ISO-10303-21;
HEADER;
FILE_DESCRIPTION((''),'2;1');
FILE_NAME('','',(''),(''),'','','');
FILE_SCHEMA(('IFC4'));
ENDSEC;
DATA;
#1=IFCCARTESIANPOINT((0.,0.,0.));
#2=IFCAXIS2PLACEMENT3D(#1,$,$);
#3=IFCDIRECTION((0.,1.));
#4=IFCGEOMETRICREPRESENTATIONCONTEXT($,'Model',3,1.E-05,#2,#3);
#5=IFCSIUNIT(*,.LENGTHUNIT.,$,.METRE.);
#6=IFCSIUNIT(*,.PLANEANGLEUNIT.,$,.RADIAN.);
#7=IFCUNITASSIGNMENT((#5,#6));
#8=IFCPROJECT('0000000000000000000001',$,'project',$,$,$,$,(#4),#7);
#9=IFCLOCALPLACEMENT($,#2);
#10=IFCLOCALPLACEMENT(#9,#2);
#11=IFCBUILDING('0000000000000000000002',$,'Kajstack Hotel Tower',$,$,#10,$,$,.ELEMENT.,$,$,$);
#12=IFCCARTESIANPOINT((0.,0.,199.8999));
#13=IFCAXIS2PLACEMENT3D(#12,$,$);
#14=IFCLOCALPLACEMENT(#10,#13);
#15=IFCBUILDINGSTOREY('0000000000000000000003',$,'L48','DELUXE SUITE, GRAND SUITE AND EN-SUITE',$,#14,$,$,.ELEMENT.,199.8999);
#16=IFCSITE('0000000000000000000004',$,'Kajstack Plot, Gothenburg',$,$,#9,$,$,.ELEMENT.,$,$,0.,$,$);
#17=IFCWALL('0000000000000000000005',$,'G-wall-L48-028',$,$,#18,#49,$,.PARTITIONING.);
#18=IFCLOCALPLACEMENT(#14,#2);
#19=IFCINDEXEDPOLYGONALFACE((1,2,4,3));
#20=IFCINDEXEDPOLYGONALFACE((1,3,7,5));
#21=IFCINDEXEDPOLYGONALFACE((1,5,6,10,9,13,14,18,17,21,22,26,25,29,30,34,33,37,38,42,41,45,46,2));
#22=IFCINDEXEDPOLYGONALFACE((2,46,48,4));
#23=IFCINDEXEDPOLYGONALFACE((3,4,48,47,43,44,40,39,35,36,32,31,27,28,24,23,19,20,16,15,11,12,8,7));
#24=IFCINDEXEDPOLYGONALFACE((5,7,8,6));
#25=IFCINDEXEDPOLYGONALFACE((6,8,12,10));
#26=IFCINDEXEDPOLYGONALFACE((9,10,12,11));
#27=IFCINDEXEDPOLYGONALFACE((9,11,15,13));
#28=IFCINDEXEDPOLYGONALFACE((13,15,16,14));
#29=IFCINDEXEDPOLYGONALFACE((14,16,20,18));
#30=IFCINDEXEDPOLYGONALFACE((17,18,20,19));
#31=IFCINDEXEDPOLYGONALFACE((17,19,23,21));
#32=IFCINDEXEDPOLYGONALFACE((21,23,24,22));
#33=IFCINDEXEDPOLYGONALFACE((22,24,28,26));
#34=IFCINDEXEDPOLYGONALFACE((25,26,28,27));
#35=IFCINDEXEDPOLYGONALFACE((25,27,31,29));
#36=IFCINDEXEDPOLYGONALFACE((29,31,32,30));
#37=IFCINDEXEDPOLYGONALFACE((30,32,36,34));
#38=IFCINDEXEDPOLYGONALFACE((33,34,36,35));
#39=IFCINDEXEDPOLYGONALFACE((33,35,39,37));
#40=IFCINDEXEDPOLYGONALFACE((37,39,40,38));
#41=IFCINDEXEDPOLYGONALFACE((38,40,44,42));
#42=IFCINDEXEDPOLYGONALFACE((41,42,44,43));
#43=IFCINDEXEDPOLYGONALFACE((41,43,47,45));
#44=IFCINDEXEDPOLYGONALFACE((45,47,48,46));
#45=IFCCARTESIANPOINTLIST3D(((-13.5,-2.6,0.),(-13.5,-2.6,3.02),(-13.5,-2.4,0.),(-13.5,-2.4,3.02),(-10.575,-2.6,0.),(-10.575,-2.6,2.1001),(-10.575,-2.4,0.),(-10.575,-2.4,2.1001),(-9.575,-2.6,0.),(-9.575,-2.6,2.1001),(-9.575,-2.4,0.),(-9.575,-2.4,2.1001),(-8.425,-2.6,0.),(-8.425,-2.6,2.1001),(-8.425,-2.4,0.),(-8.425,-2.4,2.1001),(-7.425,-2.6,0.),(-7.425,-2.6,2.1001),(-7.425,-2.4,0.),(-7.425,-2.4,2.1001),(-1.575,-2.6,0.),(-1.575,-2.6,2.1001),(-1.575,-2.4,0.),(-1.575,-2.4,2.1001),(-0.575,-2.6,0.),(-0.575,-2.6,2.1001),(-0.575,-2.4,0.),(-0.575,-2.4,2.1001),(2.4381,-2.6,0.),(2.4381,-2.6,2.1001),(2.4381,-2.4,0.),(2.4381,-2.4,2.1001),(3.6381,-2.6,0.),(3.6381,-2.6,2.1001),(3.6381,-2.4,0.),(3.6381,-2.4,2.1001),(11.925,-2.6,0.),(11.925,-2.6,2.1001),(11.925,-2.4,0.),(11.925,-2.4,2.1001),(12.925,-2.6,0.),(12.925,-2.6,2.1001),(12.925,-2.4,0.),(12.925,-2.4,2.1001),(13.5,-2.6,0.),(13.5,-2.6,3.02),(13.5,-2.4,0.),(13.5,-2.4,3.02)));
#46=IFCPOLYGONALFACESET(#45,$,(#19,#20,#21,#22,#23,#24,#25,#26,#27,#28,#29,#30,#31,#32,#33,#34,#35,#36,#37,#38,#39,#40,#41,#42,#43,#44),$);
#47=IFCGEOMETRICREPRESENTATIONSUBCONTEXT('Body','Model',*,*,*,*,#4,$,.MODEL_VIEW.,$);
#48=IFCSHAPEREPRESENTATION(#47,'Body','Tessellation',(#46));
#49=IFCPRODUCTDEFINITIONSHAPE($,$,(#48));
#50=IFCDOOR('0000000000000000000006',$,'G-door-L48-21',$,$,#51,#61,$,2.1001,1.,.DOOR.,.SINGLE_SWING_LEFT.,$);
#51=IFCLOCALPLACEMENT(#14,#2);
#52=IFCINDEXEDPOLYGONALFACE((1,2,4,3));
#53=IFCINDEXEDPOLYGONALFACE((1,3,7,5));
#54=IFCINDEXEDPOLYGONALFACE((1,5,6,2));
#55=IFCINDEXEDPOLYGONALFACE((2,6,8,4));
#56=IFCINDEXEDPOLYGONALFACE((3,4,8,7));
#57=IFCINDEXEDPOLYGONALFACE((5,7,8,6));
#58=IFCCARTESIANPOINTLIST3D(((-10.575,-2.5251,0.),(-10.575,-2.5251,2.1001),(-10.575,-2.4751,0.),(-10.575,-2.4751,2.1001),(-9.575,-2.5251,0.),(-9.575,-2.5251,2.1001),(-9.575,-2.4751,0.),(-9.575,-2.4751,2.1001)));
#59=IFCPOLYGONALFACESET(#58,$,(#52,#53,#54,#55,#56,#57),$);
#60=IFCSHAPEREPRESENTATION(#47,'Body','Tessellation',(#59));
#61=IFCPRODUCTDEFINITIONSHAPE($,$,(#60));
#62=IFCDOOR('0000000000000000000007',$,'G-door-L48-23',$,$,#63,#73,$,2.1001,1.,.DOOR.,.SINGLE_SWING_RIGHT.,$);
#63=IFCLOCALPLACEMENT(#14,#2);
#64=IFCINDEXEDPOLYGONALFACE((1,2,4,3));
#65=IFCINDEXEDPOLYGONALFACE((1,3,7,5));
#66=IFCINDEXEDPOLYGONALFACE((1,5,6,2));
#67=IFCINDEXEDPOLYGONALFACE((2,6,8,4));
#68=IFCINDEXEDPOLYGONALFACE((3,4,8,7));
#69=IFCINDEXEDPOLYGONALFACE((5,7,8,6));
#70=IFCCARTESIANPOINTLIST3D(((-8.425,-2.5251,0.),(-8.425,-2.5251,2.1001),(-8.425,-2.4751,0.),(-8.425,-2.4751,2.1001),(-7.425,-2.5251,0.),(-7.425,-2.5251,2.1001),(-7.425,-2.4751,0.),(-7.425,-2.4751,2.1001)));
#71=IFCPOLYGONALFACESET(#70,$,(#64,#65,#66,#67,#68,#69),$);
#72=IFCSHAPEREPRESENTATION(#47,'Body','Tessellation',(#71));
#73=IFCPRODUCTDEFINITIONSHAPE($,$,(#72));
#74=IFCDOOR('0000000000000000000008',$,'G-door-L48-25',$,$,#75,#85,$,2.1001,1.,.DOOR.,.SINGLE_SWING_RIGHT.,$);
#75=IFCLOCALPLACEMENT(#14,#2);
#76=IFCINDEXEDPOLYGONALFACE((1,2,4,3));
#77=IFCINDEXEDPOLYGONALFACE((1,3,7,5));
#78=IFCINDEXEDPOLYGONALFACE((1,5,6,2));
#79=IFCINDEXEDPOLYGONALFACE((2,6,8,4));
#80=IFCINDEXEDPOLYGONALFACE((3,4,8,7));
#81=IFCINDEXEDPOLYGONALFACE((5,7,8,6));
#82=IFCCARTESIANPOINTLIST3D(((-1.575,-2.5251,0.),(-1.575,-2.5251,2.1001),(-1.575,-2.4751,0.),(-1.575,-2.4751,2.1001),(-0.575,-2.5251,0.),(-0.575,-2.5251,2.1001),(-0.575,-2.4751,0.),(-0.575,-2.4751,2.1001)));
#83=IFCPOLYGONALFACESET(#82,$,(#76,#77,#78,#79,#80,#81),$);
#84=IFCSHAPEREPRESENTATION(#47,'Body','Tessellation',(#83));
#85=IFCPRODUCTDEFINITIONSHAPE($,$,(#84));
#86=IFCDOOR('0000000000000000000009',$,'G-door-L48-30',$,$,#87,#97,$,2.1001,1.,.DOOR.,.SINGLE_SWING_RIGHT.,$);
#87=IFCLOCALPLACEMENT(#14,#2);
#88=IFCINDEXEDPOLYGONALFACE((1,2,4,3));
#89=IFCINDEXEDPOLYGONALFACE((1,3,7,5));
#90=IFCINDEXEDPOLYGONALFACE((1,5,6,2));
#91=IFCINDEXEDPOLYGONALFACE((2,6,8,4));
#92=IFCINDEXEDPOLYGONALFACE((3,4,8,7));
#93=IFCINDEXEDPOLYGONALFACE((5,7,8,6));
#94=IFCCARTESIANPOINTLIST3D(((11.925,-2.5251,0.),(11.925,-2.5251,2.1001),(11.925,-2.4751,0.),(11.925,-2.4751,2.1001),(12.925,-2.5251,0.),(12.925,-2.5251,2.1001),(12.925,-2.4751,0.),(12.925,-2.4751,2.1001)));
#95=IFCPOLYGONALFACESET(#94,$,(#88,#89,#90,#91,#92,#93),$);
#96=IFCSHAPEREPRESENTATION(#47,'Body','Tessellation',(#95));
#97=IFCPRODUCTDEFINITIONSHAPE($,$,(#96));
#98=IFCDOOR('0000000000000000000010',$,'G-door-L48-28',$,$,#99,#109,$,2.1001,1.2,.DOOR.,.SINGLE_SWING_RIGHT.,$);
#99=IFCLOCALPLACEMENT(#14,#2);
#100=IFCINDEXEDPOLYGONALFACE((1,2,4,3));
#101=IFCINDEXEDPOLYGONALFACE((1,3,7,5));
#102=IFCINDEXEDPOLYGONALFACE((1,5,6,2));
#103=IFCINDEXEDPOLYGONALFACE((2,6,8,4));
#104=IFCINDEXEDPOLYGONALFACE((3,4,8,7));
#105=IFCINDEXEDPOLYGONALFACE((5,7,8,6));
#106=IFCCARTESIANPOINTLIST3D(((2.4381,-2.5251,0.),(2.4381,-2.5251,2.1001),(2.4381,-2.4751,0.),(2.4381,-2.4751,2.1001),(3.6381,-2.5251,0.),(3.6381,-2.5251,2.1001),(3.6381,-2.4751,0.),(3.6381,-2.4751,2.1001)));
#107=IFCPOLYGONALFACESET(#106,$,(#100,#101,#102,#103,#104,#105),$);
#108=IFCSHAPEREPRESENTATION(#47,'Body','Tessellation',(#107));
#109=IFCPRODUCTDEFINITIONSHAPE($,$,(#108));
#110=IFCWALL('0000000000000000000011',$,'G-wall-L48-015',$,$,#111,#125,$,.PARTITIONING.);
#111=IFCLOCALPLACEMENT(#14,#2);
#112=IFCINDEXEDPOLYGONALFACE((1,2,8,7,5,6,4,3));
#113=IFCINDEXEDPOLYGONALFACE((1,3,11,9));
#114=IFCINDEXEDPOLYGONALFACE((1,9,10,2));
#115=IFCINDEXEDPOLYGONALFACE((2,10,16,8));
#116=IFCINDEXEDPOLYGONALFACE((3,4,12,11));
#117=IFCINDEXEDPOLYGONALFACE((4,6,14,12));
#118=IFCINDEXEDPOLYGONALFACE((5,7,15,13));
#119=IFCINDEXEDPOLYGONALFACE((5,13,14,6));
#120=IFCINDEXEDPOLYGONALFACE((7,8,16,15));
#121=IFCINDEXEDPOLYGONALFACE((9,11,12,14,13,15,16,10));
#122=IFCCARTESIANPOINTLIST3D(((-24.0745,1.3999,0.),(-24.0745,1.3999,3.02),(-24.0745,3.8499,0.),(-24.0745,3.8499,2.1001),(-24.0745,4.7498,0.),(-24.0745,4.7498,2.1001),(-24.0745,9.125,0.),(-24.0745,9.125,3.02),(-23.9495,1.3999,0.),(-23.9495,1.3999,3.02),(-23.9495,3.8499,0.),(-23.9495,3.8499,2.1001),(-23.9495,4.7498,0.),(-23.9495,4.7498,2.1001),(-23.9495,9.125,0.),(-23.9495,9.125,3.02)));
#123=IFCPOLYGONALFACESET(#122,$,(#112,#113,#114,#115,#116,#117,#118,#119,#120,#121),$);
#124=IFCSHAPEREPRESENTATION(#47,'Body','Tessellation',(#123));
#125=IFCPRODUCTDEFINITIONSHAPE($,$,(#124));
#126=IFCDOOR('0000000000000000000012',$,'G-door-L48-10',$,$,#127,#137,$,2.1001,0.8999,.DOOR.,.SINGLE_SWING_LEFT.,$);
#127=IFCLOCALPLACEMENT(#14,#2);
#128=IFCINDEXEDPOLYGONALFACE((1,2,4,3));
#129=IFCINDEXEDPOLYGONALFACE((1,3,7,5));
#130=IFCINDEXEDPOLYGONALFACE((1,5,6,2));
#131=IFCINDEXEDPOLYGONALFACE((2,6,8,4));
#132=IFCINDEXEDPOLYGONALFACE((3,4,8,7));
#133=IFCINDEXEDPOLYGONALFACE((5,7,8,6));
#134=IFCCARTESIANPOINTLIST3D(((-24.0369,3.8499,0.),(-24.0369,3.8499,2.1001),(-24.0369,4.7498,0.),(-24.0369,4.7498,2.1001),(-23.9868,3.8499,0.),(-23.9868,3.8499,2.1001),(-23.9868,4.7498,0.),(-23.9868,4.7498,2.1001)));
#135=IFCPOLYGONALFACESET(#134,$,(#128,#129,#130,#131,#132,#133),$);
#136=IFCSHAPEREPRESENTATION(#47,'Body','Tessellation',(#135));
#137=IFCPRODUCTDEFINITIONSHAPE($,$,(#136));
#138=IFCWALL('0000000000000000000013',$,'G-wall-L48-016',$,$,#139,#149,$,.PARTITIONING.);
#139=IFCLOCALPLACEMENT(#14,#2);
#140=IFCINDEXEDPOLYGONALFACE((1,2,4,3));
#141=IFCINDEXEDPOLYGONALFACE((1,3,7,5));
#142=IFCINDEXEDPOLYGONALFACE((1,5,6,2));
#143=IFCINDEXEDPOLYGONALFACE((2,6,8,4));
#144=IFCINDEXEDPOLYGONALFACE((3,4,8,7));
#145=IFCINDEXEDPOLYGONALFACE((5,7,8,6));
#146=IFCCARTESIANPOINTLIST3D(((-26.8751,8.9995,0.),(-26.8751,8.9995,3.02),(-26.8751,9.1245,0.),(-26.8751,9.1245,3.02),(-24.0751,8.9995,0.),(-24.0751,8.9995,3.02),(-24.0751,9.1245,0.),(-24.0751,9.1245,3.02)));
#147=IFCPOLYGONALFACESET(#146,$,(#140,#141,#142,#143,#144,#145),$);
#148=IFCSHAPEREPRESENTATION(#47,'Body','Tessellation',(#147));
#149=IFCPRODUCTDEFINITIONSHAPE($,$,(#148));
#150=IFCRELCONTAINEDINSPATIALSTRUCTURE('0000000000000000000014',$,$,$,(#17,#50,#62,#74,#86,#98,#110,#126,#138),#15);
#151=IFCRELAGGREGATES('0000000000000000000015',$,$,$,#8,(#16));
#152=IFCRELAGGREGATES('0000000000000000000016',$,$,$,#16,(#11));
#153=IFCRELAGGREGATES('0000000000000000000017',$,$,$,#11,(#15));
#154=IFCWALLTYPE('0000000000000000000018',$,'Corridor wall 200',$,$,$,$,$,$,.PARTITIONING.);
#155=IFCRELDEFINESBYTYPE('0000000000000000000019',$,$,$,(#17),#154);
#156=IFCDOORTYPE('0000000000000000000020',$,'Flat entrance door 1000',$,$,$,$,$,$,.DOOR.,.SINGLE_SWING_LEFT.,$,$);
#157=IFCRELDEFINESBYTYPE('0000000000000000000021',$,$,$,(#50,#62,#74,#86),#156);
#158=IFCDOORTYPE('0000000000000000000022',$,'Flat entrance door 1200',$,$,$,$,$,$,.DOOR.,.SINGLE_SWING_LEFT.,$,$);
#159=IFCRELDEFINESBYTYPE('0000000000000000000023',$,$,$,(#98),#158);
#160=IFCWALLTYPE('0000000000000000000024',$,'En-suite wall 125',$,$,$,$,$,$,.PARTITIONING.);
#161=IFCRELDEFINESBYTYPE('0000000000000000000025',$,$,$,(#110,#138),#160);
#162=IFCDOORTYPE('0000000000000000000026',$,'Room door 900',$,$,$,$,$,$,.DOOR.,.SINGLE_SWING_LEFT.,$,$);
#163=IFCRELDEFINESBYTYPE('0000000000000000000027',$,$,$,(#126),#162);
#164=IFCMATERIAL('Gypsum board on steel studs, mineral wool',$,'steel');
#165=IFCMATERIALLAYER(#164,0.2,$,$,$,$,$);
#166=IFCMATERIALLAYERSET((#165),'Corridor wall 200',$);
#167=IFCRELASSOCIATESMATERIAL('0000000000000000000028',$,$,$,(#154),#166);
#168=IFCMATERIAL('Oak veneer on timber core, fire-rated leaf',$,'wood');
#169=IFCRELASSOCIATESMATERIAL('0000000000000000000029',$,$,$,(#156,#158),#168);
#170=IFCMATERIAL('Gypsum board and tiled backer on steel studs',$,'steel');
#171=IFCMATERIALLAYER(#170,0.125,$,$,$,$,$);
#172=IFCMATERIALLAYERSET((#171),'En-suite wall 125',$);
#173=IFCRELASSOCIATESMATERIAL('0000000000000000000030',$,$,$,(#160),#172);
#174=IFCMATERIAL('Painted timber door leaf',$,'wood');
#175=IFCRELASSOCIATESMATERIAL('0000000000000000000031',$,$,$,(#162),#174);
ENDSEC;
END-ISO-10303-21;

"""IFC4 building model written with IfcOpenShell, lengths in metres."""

from ifc_helpers import new_model, si_unit, direction, frame, frame_2d, origin, place, context, subcontext, project, spatial, rectangle, extrude, material, layer, layer_set, type_object, element, fill, save


model = new_model("IFC4")

# Units and contexts
model_context = context("Model", 3, precision=1e-05, world=origin(), true_north=direction((0.0, 1.0)))
body_context = subcontext(model_context, "Body", "Model", "MODEL_VIEW")
ifc_project = project(units=[si_unit("LENGTHUNIT", "METRE"), si_unit("PLANEANGLEUNIT", "RADIAN")], contexts=[model_context])

# Site, building, storey
site_placement = place(None, origin())
site = spatial("IfcSite", under=ifc_project, at=site_placement, Name="Kajstack Plot, Gothenburg", CompositionType="ELEMENT", RefElevation=0.0)
building_placement = place(site_placement, origin())
building = spatial("IfcBuilding", under=site, at=building_placement, Name="Kajstack Hotel Tower", CompositionType="ELEMENT")
storey_placement = place(building_placement, frame((0.0, 0.0, 199.8999)))
storey = spatial("IfcBuildingStorey", under=building, at=storey_placement, Name="L48", Description="DELUXE SUITE, GRAND SUITE AND EN-SUITE", CompositionType="ELEMENT", Elevation=199.8999)

# Wall, openings, doors
ifc_material_1 = material(Name="Gypsum board on steel studs, mineral wool", Category="steel")
ifc_layer_1 = layer(ifc_material_1, 0.2)
ifc_layer_set_1 = layer_set([ifc_layer_1], Name="Corridor wall 200")
wall_type_1 = type_object("IfcWallType", Name="Corridor wall 200", PredefinedType="PARTITIONING", material=ifc_layer_set_1)
wall_1_placement = place(storey_placement, frame((-13.5, -2.5, 0.0), z_axis=(0.0, 0.0, 1.0), x_axis=(1.0, 0.0, 0.0)))
wall_1 = element("IfcWall", 1, at=wall_1_placement, inside=storey, type_object=wall_type_1, Name="G-wall-L48-028", PredefinedType="PARTITIONING", context=body_context, shape_type="SweptSolid", body=[
    extrude(rectangle(XDim=27.0, YDim=0.2, at=frame_2d((13.5, 0.0))), origin(), (0.0, 0.0, 1.0), 3.02),
])
opening_1_placement = place(wall_1_placement, frame((2.925, 0.0, 0.0)))
opening_1 = element("IfcOpeningElement", 2, at=opening_1_placement, cuts=wall_1, PredefinedType="OPENING", context=body_context, shape_type="SweptSolid", body=[
    extrude(rectangle(XDim=1.0, YDim=2.1001, at=frame_2d((0.5, 1.05))), frame((0.0, 0.1099, 0.0), z_axis=(0.0, -1.0, 0.0), x_axis=(1.0, 0.0, 0.0)), (0.0, 0.0, 1.0), 0.22),
])
opening_2_placement = place(wall_1_placement, frame((5.075, 0.0, 0.0)))
opening_2 = element("IfcOpeningElement", 3, at=opening_2_placement, cuts=wall_1, PredefinedType="OPENING", context=body_context, shape_type="SweptSolid", body=[
    extrude(rectangle(XDim=1.0, YDim=2.1001, at=frame_2d((0.5, 1.05))), frame((0.0, 0.1099, 0.0), z_axis=(0.0, -1.0, 0.0), x_axis=(1.0, 0.0, 0.0)), (0.0, 0.0, 1.0), 0.22),
])
opening_3_placement = place(wall_1_placement, frame((11.925, 0.0, 0.0)))
opening_3 = element("IfcOpeningElement", 4, at=opening_3_placement, cuts=wall_1, PredefinedType="OPENING", context=body_context, shape_type="SweptSolid", body=[
    extrude(rectangle(XDim=1.0, YDim=2.1001, at=frame_2d((0.5, 1.05))), frame((0.0, 0.1099, 0.0), z_axis=(0.0, -1.0, 0.0), x_axis=(1.0, 0.0, 0.0)), (0.0, 0.0, 1.0), 0.22),
])
opening_4_placement = place(wall_1_placement, frame((15.938, 0.0, 0.0)))
opening_4 = element("IfcOpeningElement", 5, at=opening_4_placement, cuts=wall_1, PredefinedType="OPENING", context=body_context, shape_type="SweptSolid", body=[
    extrude(rectangle(XDim=1.2, YDim=2.1001, at=frame_2d((0.6001, 1.05))), frame((0.0, 0.1099, 0.0), z_axis=(0.0, -1.0, 0.0), x_axis=(1.0, 0.0, 0.0)), (0.0, 0.0, 1.0), 0.22),
])
opening_5_placement = place(wall_1_placement, frame((25.425, 0.0, 0.0)))
opening_5 = element("IfcOpeningElement", 6, at=opening_5_placement, cuts=wall_1, PredefinedType="OPENING", context=body_context, shape_type="SweptSolid", body=[
    extrude(rectangle(XDim=1.0, YDim=2.1001, at=frame_2d((0.5, 1.05))), frame((0.0, 0.1099, 0.0), z_axis=(0.0, -1.0, 0.0), x_axis=(1.0, 0.0, 0.0)), (0.0, 0.0, 1.0), 0.22),
])
ifc_material_2 = material(Name="Oak veneer on timber core, fire-rated leaf", Category="wood")
door_type_1 = type_object("IfcDoorType", Name="Flat entrance door 1000", OperationType="SINGLE_SWING_LEFT", PredefinedType="DOOR", material=ifc_material_2)
door_1_placement = place(opening_1_placement, origin())
door_1 = element("IfcDoor", 7, at=door_1_placement, inside=storey, type_object=door_type_1, Name="G-door-L48-21", OperationType="SINGLE_SWING_LEFT", OverallHeight=2.1001, OverallWidth=1.0, PredefinedType="DOOR", context=body_context, shape_type="SweptSolid", body=[
    extrude(rectangle(XDim=1.0, YDim=2.1001, at=frame_2d((0.5, 1.05))), frame((0.0, 0.0249, 0.0), z_axis=(0.0, -1.0, 0.0), x_axis=(1.0, 0.0, 0.0)), (0.0, 0.0, 1.0), 0.05),
])
fill(opening_1, door_1)
door_2_placement = place(opening_2_placement, origin())
door_2 = element("IfcDoor", 8, at=door_2_placement, inside=storey, type_object=door_type_1, Name="G-door-L48-23", OperationType="SINGLE_SWING_RIGHT", OverallHeight=2.1001, OverallWidth=1.0, PredefinedType="DOOR", context=body_context, shape_type="SweptSolid", body=[
    extrude(rectangle(XDim=1.0, YDim=2.1001, at=frame_2d((0.5, 1.05))), frame((0.0, 0.0249, 0.0), z_axis=(0.0, -1.0, 0.0), x_axis=(1.0, 0.0, 0.0)), (0.0, 0.0, 1.0), 0.05),
])
fill(opening_2, door_2)
door_3_placement = place(opening_3_placement, origin())
door_3 = element("IfcDoor", 9, at=door_3_placement, inside=storey, type_object=door_type_1, Name="G-door-L48-25", OperationType="SINGLE_SWING_RIGHT", OverallHeight=2.1001, OverallWidth=1.0, PredefinedType="DOOR", context=body_context, shape_type="SweptSolid", body=[
    extrude(rectangle(XDim=1.0, YDim=2.1001, at=frame_2d((0.5, 1.05))), frame((0.0, 0.0249, 0.0), z_axis=(0.0, -1.0, 0.0), x_axis=(1.0, 0.0, 0.0)), (0.0, 0.0, 1.0), 0.05),
])
fill(opening_3, door_3)
door_4_placement = place(opening_5_placement, origin())
door_4 = element("IfcDoor", 10, at=door_4_placement, inside=storey, type_object=door_type_1, Name="G-door-L48-30", OperationType="SINGLE_SWING_RIGHT", OverallHeight=2.1001, OverallWidth=1.0, PredefinedType="DOOR", context=body_context, shape_type="SweptSolid", body=[
    extrude(rectangle(XDim=1.0, YDim=2.1001, at=frame_2d((0.5, 1.05))), frame((0.0, 0.0249, 0.0), z_axis=(0.0, -1.0, 0.0), x_axis=(1.0, 0.0, 0.0)), (0.0, 0.0, 1.0), 0.05),
])
fill(opening_5, door_4)
door_type_2 = type_object("IfcDoorType", Name="Flat entrance door 1200", OperationType="SINGLE_SWING_LEFT", PredefinedType="DOOR", material=ifc_material_2)
door_5_placement = place(opening_4_placement, origin())
door_5 = element("IfcDoor", 11, at=door_5_placement, inside=storey, type_object=door_type_2, Name="G-door-L48-28", OperationType="SINGLE_SWING_RIGHT", OverallHeight=2.1001, OverallWidth=1.2, PredefinedType="DOOR", context=body_context, shape_type="SweptSolid", body=[
    extrude(rectangle(XDim=1.2, YDim=2.1001, at=frame_2d((0.6001, 1.05))), frame((0.0, 0.0249, 0.0), z_axis=(0.0, -1.0, 0.0), x_axis=(1.0, 0.0, 0.0)), (0.0, 0.0, 1.0), 0.05),
])
fill(opening_4, door_5)

# Wall, opening, door
ifc_material_3 = material(Name="Gypsum board and tiled backer on steel studs", Category="steel")
ifc_layer_2 = layer(ifc_material_3, 0.125)
ifc_layer_set_2 = layer_set([ifc_layer_2], Name="En-suite wall 125")
wall_type_2 = type_object("IfcWallType", Name="En-suite wall 125", PredefinedType="PARTITIONING", material=ifc_layer_set_2)
wall_2_placement = place(storey_placement, frame((-24.012, 1.3999, 0.0), z_axis=(0.0, 0.0, 1.0), x_axis=(0.0, 1.0, 0.0)))
wall_2 = element("IfcWall", 12, at=wall_2_placement, inside=storey, type_object=wall_type_2, Name="G-wall-L48-015", PredefinedType="PARTITIONING", context=body_context, shape_type="SweptSolid", body=[
    extrude(rectangle(XDim=7.7251, YDim=0.125, at=frame_2d((3.8625, 0.0))), origin(), (0.0, 0.0, 1.0), 3.02),
])
opening_6_placement = place(wall_2_placement, frame((2.45, 0.0, 0.0)))
opening_6 = element("IfcOpeningElement", 13, at=opening_6_placement, cuts=wall_2, PredefinedType="OPENING", context=body_context, shape_type="SweptSolid", body=[
    extrude(rectangle(XDim=0.8999, YDim=2.1001, at=frame_2d((0.45, 1.05))), frame((0.0, 0.0725, 0.0), z_axis=(0.0, -1.0, 0.0), x_axis=(1.0, 0.0, 0.0)), (0.0, 0.0, 1.0), 0.145),
])
ifc_material_4 = material(Name="Painted timber door leaf", Category="wood")
door_type_3 = type_object("IfcDoorType", Name="Room door 900", OperationType="SINGLE_SWING_LEFT", PredefinedType="DOOR", material=ifc_material_4)
door_6_placement = place(opening_6_placement, origin())
door_6 = element("IfcDoor", 14, at=door_6_placement, inside=storey, type_object=door_type_3, Name="G-door-L48-10", OperationType="SINGLE_SWING_LEFT", OverallHeight=2.1001, OverallWidth=0.8999, PredefinedType="DOOR", context=body_context, shape_type="SweptSolid", body=[
    extrude(rectangle(XDim=0.8999, YDim=2.1001, at=frame_2d((0.45, 1.05))), frame((0.0, 0.0249, 0.0), z_axis=(0.0, -1.0, 0.0), x_axis=(1.0, 0.0, 0.0)), (0.0, 0.0, 1.0), 0.05),
])
fill(opening_6, door_6)

# Wall
wall_3_placement = place(storey_placement, frame((-26.875, 9.062, 0.0), z_axis=(0.0, 0.0, 1.0), x_axis=(1.0, 0.0, 0.0)))
element("IfcWall", 15, at=wall_3_placement, inside=storey, type_object=wall_type_2, Name="G-wall-L48-016", PredefinedType="PARTITIONING", context=body_context, shape_type="SweptSolid", body=[
    extrude(rectangle(XDim=2.8, YDim=0.125, at=frame_2d((1.3999, 0.0))), origin(), (0.0, 0.0, 1.0), 3.02),
])

save(model, "model.ifc")
